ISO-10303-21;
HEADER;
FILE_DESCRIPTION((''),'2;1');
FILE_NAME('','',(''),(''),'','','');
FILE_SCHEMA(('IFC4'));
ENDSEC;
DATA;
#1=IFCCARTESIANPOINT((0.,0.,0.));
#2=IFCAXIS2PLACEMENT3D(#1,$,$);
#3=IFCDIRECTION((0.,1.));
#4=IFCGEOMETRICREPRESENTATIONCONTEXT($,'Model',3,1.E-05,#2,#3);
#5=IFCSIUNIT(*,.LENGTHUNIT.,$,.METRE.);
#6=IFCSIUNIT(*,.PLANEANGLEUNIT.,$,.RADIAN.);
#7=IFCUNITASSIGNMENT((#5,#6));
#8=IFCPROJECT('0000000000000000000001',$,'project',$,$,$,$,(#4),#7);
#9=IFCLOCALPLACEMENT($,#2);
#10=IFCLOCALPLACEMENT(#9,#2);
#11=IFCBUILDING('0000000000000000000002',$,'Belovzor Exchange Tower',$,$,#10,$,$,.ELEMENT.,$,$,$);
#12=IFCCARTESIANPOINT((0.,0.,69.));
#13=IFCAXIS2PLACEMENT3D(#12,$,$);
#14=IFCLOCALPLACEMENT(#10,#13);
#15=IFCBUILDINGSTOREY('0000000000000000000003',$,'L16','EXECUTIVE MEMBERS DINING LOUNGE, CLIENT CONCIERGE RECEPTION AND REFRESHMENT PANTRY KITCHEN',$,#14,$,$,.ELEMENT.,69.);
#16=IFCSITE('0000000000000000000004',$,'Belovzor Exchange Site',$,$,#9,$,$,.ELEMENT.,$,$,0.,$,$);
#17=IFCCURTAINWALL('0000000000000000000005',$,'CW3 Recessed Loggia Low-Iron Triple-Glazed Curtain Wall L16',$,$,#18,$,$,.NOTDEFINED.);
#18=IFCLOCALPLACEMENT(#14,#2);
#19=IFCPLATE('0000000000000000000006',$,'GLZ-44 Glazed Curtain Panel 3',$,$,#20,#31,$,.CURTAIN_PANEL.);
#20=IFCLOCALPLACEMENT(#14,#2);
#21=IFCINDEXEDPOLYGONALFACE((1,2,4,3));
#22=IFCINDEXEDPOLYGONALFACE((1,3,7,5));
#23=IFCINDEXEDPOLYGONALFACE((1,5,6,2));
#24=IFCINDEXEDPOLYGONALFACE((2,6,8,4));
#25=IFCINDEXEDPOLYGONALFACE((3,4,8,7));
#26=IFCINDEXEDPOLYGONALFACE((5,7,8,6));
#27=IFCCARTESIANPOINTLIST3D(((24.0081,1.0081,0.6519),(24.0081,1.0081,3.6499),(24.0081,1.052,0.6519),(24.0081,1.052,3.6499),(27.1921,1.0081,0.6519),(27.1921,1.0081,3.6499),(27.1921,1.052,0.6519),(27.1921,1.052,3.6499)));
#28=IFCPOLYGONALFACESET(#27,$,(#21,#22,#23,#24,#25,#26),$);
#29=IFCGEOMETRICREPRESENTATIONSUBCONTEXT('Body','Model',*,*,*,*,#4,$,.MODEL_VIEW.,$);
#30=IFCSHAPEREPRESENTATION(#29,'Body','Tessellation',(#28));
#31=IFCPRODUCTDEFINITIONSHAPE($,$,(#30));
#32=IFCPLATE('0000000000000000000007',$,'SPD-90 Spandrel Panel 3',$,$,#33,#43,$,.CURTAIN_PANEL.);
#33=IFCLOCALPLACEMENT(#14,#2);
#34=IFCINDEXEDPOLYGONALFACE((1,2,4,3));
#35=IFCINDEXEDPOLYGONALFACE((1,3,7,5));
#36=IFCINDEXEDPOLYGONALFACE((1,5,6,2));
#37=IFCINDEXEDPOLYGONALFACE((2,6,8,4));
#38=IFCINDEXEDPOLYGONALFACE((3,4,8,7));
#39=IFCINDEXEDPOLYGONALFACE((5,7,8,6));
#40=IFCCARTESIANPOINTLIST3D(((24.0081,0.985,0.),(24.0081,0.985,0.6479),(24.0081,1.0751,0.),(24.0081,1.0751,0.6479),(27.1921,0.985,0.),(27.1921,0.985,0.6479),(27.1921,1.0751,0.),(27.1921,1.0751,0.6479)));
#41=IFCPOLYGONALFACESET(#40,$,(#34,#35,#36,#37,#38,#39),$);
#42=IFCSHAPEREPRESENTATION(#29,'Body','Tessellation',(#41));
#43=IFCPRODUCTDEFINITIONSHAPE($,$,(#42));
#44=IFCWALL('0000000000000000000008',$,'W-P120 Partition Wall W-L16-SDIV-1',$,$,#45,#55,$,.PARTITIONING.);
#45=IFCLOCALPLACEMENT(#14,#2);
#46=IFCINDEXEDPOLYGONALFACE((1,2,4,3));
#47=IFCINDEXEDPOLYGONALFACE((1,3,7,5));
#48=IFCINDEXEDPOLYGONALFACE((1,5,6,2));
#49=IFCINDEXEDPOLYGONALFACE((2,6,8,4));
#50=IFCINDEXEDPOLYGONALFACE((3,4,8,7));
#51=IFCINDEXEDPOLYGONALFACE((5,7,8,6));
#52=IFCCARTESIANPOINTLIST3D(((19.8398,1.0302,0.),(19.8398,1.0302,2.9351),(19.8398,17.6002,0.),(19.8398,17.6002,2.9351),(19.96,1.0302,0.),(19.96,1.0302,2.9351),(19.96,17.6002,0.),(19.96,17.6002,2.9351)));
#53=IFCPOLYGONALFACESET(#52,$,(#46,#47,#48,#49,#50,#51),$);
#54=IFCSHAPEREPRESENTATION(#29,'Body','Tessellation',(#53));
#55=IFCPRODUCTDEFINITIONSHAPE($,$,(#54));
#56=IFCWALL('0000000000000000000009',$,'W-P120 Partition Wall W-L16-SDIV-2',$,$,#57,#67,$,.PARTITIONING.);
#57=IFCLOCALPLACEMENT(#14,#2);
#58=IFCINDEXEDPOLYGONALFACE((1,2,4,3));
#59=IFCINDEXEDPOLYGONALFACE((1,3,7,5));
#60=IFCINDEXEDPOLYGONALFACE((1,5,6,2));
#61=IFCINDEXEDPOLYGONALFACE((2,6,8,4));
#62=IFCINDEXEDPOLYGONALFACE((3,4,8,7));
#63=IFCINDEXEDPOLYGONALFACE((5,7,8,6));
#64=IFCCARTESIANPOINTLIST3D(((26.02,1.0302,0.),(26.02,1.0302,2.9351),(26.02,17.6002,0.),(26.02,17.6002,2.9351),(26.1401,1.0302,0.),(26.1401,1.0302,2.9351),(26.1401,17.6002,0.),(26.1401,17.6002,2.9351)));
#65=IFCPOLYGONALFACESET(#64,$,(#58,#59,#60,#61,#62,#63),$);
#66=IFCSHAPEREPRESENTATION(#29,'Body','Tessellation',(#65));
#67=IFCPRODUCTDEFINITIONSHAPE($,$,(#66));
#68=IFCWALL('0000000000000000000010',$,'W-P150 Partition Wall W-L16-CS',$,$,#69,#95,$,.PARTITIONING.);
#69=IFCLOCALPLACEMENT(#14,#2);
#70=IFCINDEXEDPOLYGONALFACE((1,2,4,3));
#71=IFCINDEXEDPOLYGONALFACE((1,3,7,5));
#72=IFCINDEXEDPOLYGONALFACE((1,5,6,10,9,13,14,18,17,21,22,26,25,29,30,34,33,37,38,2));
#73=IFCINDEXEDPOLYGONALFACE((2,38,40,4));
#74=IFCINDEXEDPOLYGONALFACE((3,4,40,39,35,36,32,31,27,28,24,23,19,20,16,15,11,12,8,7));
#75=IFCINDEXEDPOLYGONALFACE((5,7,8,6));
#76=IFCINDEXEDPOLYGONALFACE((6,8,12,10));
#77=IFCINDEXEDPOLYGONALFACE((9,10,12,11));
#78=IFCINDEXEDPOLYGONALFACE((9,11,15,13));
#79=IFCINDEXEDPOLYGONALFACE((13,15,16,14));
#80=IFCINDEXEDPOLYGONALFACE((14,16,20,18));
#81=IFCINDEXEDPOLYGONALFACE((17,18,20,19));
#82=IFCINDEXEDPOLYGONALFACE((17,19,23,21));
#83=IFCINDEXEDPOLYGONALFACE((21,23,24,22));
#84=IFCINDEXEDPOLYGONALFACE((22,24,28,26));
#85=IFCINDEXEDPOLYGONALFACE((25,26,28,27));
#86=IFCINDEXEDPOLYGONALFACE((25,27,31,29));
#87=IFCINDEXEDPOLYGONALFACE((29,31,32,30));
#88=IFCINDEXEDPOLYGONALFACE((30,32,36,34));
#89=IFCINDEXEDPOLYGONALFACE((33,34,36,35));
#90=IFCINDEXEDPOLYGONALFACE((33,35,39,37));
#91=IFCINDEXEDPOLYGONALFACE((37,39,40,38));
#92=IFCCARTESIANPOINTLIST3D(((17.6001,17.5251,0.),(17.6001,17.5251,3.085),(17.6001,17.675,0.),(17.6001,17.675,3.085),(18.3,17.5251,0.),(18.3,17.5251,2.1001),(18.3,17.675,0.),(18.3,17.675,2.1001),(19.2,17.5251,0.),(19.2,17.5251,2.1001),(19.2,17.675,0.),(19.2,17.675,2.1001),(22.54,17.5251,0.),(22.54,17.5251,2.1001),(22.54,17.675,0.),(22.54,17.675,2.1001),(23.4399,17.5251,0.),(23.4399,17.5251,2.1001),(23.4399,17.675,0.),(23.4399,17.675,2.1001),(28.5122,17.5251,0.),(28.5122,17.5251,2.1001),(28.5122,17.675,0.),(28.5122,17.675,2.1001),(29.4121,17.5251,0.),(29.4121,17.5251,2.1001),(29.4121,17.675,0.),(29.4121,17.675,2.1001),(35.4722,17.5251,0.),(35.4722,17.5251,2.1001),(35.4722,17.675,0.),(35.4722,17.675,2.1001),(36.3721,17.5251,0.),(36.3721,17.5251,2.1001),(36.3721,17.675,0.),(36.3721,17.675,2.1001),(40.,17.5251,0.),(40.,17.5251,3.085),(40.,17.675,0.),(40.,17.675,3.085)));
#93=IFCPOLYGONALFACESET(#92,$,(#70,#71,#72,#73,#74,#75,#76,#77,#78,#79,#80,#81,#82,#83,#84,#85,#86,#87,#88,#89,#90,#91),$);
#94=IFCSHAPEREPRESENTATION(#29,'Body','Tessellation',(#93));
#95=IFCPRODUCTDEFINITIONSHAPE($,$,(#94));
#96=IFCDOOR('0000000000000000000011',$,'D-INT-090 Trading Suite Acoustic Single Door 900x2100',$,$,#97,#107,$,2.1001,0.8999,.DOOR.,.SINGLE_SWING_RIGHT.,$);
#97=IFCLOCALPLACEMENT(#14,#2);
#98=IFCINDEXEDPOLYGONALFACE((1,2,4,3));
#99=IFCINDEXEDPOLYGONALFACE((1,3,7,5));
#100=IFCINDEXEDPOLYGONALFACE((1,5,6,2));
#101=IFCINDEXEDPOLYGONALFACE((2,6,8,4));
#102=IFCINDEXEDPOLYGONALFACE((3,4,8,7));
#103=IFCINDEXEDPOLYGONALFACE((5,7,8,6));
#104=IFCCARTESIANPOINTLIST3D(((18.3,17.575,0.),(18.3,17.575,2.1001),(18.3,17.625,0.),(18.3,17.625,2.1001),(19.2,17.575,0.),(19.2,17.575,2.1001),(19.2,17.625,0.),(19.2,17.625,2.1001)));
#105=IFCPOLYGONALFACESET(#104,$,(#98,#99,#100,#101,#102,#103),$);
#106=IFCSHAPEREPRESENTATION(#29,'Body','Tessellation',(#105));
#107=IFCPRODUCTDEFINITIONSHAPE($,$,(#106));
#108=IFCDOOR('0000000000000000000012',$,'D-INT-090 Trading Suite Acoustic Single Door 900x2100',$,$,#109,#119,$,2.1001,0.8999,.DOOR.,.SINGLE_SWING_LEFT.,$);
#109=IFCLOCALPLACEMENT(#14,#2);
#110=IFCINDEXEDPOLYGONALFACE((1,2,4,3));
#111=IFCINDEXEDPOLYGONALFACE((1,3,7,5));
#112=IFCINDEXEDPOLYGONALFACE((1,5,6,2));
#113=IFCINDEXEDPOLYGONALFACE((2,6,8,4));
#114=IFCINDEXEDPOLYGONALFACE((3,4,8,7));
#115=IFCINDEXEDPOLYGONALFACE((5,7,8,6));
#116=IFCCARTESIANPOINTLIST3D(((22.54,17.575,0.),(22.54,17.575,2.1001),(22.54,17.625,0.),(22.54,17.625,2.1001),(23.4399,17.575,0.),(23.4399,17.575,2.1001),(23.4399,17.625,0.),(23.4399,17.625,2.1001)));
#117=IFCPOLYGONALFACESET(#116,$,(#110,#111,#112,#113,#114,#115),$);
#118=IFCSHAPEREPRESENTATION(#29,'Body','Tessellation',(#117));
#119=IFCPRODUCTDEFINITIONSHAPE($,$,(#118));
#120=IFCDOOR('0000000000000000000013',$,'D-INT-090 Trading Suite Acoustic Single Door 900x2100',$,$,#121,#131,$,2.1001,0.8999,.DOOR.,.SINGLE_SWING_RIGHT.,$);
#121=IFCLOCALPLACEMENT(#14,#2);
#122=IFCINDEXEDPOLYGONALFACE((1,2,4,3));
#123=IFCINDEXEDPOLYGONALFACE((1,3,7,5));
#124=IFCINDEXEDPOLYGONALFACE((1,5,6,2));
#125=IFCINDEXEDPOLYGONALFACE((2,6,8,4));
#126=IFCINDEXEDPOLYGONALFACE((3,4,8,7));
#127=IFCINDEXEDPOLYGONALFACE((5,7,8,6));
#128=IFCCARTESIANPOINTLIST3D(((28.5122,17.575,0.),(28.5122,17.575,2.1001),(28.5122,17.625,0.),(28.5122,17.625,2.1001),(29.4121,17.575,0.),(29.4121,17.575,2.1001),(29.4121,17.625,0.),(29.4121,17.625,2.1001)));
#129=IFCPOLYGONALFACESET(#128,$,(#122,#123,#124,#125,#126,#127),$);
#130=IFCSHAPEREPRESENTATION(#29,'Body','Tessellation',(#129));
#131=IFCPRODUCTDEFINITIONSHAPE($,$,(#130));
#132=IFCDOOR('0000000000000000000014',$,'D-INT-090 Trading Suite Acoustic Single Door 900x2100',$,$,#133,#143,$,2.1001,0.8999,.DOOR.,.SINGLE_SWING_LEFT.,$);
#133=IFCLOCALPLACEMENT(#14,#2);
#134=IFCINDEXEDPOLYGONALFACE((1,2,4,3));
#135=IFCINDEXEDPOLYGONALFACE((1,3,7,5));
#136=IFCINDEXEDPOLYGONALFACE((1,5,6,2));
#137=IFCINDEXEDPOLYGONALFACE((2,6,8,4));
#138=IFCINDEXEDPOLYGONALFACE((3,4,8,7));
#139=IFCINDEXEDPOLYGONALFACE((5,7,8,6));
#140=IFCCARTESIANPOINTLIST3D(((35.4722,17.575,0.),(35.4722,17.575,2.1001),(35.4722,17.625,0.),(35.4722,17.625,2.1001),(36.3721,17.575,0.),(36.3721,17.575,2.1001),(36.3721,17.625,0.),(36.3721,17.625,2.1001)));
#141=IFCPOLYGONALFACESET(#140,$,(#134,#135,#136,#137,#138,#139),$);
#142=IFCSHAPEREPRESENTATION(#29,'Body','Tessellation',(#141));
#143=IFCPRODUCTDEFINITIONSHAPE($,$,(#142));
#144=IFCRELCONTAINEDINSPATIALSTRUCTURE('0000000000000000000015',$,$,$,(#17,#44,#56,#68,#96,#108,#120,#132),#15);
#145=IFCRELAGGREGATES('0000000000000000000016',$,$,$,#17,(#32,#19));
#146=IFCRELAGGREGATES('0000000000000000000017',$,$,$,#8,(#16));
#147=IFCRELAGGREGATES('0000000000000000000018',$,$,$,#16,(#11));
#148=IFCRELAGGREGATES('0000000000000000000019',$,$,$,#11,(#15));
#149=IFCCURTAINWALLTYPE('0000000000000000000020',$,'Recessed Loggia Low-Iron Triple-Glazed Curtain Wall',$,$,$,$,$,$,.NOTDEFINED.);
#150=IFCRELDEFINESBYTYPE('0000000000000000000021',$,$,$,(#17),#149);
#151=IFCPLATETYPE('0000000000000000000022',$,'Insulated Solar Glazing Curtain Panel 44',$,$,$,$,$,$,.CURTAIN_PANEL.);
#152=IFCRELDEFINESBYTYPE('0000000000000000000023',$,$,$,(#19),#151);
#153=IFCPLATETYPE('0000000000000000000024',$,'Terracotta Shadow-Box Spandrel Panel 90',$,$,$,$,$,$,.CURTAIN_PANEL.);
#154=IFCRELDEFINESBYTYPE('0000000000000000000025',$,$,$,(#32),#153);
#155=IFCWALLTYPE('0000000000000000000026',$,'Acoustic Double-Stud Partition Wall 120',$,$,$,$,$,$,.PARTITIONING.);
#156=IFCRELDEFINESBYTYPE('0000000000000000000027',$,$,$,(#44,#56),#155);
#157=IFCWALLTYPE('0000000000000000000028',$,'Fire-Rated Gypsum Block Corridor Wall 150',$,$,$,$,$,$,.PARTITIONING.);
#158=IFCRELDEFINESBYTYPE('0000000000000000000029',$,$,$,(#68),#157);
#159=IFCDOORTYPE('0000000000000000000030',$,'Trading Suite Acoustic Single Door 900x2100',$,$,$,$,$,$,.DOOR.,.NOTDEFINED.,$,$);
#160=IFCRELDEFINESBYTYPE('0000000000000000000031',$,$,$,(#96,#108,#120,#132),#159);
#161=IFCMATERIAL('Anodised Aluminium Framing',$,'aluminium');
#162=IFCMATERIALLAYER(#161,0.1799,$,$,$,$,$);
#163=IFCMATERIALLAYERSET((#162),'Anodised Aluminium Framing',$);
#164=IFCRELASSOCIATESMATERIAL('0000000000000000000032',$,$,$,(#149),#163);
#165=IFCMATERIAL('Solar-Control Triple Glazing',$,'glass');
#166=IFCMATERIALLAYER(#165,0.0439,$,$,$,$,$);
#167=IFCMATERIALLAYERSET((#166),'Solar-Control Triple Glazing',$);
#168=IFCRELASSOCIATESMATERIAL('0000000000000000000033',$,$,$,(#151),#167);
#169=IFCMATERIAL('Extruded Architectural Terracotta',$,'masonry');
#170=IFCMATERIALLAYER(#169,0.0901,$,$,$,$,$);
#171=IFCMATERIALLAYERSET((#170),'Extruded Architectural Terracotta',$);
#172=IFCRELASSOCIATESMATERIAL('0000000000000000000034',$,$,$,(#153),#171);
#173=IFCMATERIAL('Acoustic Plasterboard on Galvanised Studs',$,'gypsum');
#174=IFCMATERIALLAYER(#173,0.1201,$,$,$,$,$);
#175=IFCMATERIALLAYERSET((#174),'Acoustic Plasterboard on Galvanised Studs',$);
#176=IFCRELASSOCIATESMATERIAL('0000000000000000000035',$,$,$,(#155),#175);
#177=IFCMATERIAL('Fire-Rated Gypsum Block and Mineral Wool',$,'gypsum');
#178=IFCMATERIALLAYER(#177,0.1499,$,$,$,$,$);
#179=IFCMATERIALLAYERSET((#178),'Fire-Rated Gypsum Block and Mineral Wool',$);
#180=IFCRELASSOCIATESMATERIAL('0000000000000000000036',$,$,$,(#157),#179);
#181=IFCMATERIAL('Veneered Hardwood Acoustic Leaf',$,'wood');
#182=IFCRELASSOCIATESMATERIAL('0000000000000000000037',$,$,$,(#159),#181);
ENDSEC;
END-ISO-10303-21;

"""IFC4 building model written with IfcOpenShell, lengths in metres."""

from ifc_helpers import new_model, si_unit, direction, frame, frame_2d, origin, origin_2d, place, context, subcontext, project, spatial, rectangle, extrude, material, layer, layer_set, type_object, element, fill, aggregate, save


model = new_model("IFC4")

# Units and contexts
model_context = context("Model", 3, precision=1e-05, world=origin(), true_north=direction((0.0, 1.0)))
body_context = subcontext(model_context, "Body", "Model", "MODEL_VIEW")
ifc_project = project(units=[si_unit("LENGTHUNIT", "METRE"), si_unit("PLANEANGLEUNIT", "RADIAN")], contexts=[model_context])

# Site, building, storey
site_placement = place(None, origin())
site = spatial("IfcSite", under=ifc_project, at=site_placement, Name="Belovzor Exchange Site", CompositionType="ELEMENT", RefElevation=0.0)
building_placement = place(site_placement, origin())
building = spatial("IfcBuilding", under=site, at=building_placement, Name="Belovzor Exchange Tower", CompositionType="ELEMENT")
storey_placement = place(building_placement, frame((0.0, 0.0, 69.0)))
storey = spatial("IfcBuildingStorey", under=building, at=storey_placement, Name="L16", Description="EXECUTIVE MEMBERS DINING LOUNGE, CLIENT CONCIERGE RECEPTION AND REFRESHMENT PANTRY KITCHEN", CompositionType="ELEMENT", Elevation=69.0)

# Curtain wall
ifc_material_1 = material(Name="Anodised Aluminium Framing", Category="aluminium")
ifc_layer_1 = layer(ifc_material_1, 0.1799)
ifc_layer_set_1 = layer_set([ifc_layer_1], Name="Anodised Aluminium Framing")
curtain_wall_type = type_object("IfcCurtainWallType", Name="Recessed Loggia Low-Iron Triple-Glazed Curtain Wall", PredefinedType="NOTDEFINED", material=ifc_layer_set_1)
curtain_wall_placement = place(storey_placement, origin())
curtain_wall = element("IfcCurtainWall", 1, at=curtain_wall_placement, inside=storey, type_object=curtain_wall_type, Name="CW3 Recessed Loggia Low-Iron Triple-Glazed Curtain Wall L16", PredefinedType="NOTDEFINED")

# Plates
ifc_material_2 = material(Name="Solar-Control Triple Glazing", Category="glass")
ifc_layer_2 = layer(ifc_material_2, 0.0439)
ifc_layer_set_2 = layer_set([ifc_layer_2], Name="Solar-Control Triple Glazing")
plate_type_1 = type_object("IfcPlateType", Name="Insulated Solar Glazing Curtain Panel 44", PredefinedType="CURTAIN_PANEL", material=ifc_layer_set_2)
plate_1_placement = place(storey_placement, frame((25.6001, 1.03, 0.6519), z_axis=(0.0, 0.0, 1.0), x_axis=(-1.0, 0.0, 0.0)))
plate_1 = element("IfcPlate", 2, at=plate_1_placement, type_object=plate_type_1, Name="GLZ-44 Glazed Curtain Panel 3", PredefinedType="CURTAIN_PANEL", context=body_context, shape_type="SweptSolid", body=[
    extrude(rectangle(XDim=3.1841, YDim=0.0439, at=origin_2d()), origin(), (0.0, 0.0, 1.0), 2.998),
])
ifc_material_3 = material(Name="Extruded Architectural Terracotta", Category="masonry")
ifc_layer_3 = layer(ifc_material_3, 0.0901)
ifc_layer_set_3 = layer_set([ifc_layer_3], Name="Extruded Architectural Terracotta")
plate_type_2 = type_object("IfcPlateType", Name="Terracotta Shadow-Box Spandrel Panel 90", PredefinedType="CURTAIN_PANEL", material=ifc_layer_set_3)
plate_2_placement = place(storey_placement, frame((25.6001, 1.03, 0.0), z_axis=(0.0, 0.0, 1.0), x_axis=(-1.0, 0.0, 0.0)))
plate_2 = element("IfcPlate", 3, at=plate_2_placement, type_object=plate_type_2, Name="SPD-90 Spandrel Panel 3", PredefinedType="CURTAIN_PANEL", context=body_context, shape_type="SweptSolid", body=[
    extrude(rectangle(XDim=3.1841, YDim=0.0901, at=origin_2d()), origin(), (0.0, 0.0, 1.0), 0.6479),
])
aggregate(curtain_wall, [plate_2, plate_1])

# Walls
ifc_material_4 = material(Name="Acoustic Plasterboard on Galvanised Studs", Category="gypsum")
ifc_layer_4 = layer(ifc_material_4, 0.1201)
ifc_layer_set_4 = layer_set([ifc_layer_4], Name="Acoustic Plasterboard on Galvanised Studs")
wall_type_1 = type_object("IfcWallType", Name="Acoustic Double-Stud Partition Wall 120", PredefinedType="PARTITIONING", material=ifc_layer_set_4)
for number, where, z_axis, x_axis, name in (
    (4, (19.8999, 1.03, 0.0), (0.0, 0.0, 1.0), (0.0, 1.0, 0.0), "W-P120 Partition Wall W-L16-SDIV-1"),
    (5, (26.0801, 1.03, 0.0), (0.0, 0.0, 1.0), (0.0, 1.0, 0.0), "W-P120 Partition Wall W-L16-SDIV-2"),
):
    element("IfcWall", number, at=place(storey_placement, frame(where, z_axis=z_axis, x_axis=x_axis)), inside=storey, type_object=wall_type_1, Name=name, PredefinedType="PARTITIONING", context=body_context, shape_type="SweptSolid", body=[
        extrude(rectangle(XDim=16.5701, YDim=0.1201, at=frame_2d((8.2852, 0.0))), origin(), (0.0, 0.0, 1.0), 2.9351),
    ])

# Wall, openings, doors
ifc_material_5 = material(Name="Fire-Rated Gypsum Block and Mineral Wool", Category="gypsum")
ifc_layer_5 = layer(ifc_material_5, 0.1499)
ifc_layer_set_5 = layer_set([ifc_layer_5], Name="Fire-Rated Gypsum Block and Mineral Wool")
wall_type_2 = type_object("IfcWallType", Name="Fire-Rated Gypsum Block Corridor Wall 150", PredefinedType="PARTITIONING", material=ifc_layer_set_5)
wall_1_placement = place(storey_placement, frame((17.6001, 17.6001, 0.0), z_axis=(0.0, 0.0, 1.0), x_axis=(1.0, 0.0, 0.0)))
wall_1 = element("IfcWall", 6, at=wall_1_placement, inside=storey, type_object=wall_type_2, Name="W-P150 Partition Wall W-L16-CS", PredefinedType="PARTITIONING", context=body_context, shape_type="SweptSolid", body=[
    extrude(rectangle(XDim=22.3999, YDim=0.1499, at=frame_2d((11.2, 0.0))), origin(), (0.0, 0.0, 1.0), 3.085),
])
opening_1_placement = place(wall_1_placement, frame((0.7, 0.0, 0.0)))
opening_1 = element("IfcOpeningElement", 7, at=opening_1_placement, cuts=wall_1, PredefinedType="OPENING", context=body_context, shape_type="SweptSolid", body=[
    extrude(rectangle(XDim=0.8999, YDim=2.1001, at=frame_2d((0.45, 1.05))), frame((0.0, 0.085, 0.0), z_axis=(0.0, -1.0, 0.0), x_axis=(1.0, 0.0, 0.0)), (0.0, 0.0, 1.0), 0.1699),
])
opening_2_placement = place(wall_1_placement, frame((4.9399, 0.0, 0.0)))
opening_2 = element("IfcOpeningElement", 8, at=opening_2_placement, cuts=wall_1, PredefinedType="OPENING", context=body_context, shape_type="SweptSolid", body=[
    extrude(rectangle(XDim=0.8999, YDim=2.1001, at=frame_2d((0.45, 1.05))), frame((0.0, 0.085, 0.0), z_axis=(0.0, -1.0, 0.0), x_axis=(1.0, 0.0, 0.0)), (0.0, 0.0, 1.0), 0.1699),
])
opening_3_placement = place(wall_1_placement, frame((10.9121, 0.0, 0.0)))
opening_3 = element("IfcOpeningElement", 9, at=opening_3_placement, cuts=wall_1, PredefinedType="OPENING", context=body_context, shape_type="SweptSolid", body=[
    extrude(rectangle(XDim=0.8999, YDim=2.1001, at=frame_2d((0.45, 1.05))), frame((0.0, 0.085, 0.0), z_axis=(0.0, -1.0, 0.0), x_axis=(1.0, 0.0, 0.0)), (0.0, 0.0, 1.0), 0.1699),
])
opening_4_placement = place(wall_1_placement, frame((17.8721, 0.0, 0.0)))
opening_4 = element("IfcOpeningElement", 10, at=opening_4_placement, cuts=wall_1, PredefinedType="OPENING", context=body_context, shape_type="SweptSolid", body=[
    extrude(rectangle(XDim=0.8999, YDim=2.1001, at=frame_2d((0.45, 1.05))), frame((0.0, 0.085, 0.0), z_axis=(0.0, -1.0, 0.0), x_axis=(1.0, 0.0, 0.0)), (0.0, 0.0, 1.0), 0.1699),
])
ifc_material_6 = material(Name="Veneered Hardwood Acoustic Leaf", Category="wood")
door_type = type_object("IfcDoorType", Name="Trading Suite Acoustic Single Door 900x2100", OperationType="NOTDEFINED", PredefinedType="DOOR", material=ifc_material_6)
door_1_placement = place(opening_1_placement, origin())
door_1 = element("IfcDoor", 11, at=door_1_placement, inside=storey, type_object=door_type, Name="D-INT-090 Trading Suite Acoustic Single Door 900x2100", OperationType="SINGLE_SWING_RIGHT", OverallHeight=2.1001, OverallWidth=0.8999, PredefinedType="DOOR", context=body_context, shape_type="SweptSolid", body=[
    extrude(rectangle(XDim=0.8999, YDim=2.1001, at=frame_2d((0.45, 1.05))), frame((0.0, 0.0249, 0.0), z_axis=(0.0, -1.0, 0.0), x_axis=(1.0, 0.0, 0.0)), (0.0, 0.0, 1.0), 0.05),
])
fill(opening_1, door_1)
door_2_placement = place(opening_2_placement, origin())
door_2 = element("IfcDoor", 12, at=door_2_placement, inside=storey, type_object=door_type, Name="D-INT-090 Trading Suite Acoustic Single Door 900x2100", OperationType="SINGLE_SWING_LEFT", OverallHeight=2.1001, OverallWidth=0.8999, PredefinedType="DOOR", context=body_context, shape_type="SweptSolid", body=[
    extrude(rectangle(XDim=0.8999, YDim=2.1001, at=frame_2d((0.45, 1.05))), frame((0.0, 0.0249, 0.0), z_axis=(0.0, -1.0, 0.0), x_axis=(1.0, 0.0, 0.0)), (0.0, 0.0, 1.0), 0.05),
])
fill(opening_2, door_2)
door_3_placement = place(opening_3_placement, origin())
door_3 = element("IfcDoor", 13, at=door_3_placement, inside=storey, type_object=door_type, Name="D-INT-090 Trading Suite Acoustic Single Door 900x2100", OperationType="SINGLE_SWING_RIGHT", OverallHeight=2.1001, OverallWidth=0.8999, PredefinedType="DOOR", context=body_context, shape_type="SweptSolid", body=[
    extrude(rectangle(XDim=0.8999, YDim=2.1001, at=frame_2d((0.45, 1.05))), frame((0.0, 0.0249, 0.0), z_axis=(0.0, -1.0, 0.0), x_axis=(1.0, 0.0, 0.0)), (0.0, 0.0, 1.0), 0.05),
])
fill(opening_3, door_3)
door_4_placement = place(opening_4_placement, origin())
door_4 = element("IfcDoor", 14, at=door_4_placement, inside=storey, type_object=door_type, Name="D-INT-090 Trading Suite Acoustic Single Door 900x2100", OperationType="SINGLE_SWING_LEFT", OverallHeight=2.1001, OverallWidth=0.8999, PredefinedType="DOOR", context=body_context, shape_type="SweptSolid", body=[
    extrude(rectangle(XDim=0.8999, YDim=2.1001, at=frame_2d((0.45, 1.05))), frame((0.0, 0.0249, 0.0), z_axis=(0.0, -1.0, 0.0), x_axis=(1.0, 0.0, 0.0)), (0.0, 0.0, 1.0), 0.05),
])
fill(opening_4, door_4)

save(model, "model.ifc")
